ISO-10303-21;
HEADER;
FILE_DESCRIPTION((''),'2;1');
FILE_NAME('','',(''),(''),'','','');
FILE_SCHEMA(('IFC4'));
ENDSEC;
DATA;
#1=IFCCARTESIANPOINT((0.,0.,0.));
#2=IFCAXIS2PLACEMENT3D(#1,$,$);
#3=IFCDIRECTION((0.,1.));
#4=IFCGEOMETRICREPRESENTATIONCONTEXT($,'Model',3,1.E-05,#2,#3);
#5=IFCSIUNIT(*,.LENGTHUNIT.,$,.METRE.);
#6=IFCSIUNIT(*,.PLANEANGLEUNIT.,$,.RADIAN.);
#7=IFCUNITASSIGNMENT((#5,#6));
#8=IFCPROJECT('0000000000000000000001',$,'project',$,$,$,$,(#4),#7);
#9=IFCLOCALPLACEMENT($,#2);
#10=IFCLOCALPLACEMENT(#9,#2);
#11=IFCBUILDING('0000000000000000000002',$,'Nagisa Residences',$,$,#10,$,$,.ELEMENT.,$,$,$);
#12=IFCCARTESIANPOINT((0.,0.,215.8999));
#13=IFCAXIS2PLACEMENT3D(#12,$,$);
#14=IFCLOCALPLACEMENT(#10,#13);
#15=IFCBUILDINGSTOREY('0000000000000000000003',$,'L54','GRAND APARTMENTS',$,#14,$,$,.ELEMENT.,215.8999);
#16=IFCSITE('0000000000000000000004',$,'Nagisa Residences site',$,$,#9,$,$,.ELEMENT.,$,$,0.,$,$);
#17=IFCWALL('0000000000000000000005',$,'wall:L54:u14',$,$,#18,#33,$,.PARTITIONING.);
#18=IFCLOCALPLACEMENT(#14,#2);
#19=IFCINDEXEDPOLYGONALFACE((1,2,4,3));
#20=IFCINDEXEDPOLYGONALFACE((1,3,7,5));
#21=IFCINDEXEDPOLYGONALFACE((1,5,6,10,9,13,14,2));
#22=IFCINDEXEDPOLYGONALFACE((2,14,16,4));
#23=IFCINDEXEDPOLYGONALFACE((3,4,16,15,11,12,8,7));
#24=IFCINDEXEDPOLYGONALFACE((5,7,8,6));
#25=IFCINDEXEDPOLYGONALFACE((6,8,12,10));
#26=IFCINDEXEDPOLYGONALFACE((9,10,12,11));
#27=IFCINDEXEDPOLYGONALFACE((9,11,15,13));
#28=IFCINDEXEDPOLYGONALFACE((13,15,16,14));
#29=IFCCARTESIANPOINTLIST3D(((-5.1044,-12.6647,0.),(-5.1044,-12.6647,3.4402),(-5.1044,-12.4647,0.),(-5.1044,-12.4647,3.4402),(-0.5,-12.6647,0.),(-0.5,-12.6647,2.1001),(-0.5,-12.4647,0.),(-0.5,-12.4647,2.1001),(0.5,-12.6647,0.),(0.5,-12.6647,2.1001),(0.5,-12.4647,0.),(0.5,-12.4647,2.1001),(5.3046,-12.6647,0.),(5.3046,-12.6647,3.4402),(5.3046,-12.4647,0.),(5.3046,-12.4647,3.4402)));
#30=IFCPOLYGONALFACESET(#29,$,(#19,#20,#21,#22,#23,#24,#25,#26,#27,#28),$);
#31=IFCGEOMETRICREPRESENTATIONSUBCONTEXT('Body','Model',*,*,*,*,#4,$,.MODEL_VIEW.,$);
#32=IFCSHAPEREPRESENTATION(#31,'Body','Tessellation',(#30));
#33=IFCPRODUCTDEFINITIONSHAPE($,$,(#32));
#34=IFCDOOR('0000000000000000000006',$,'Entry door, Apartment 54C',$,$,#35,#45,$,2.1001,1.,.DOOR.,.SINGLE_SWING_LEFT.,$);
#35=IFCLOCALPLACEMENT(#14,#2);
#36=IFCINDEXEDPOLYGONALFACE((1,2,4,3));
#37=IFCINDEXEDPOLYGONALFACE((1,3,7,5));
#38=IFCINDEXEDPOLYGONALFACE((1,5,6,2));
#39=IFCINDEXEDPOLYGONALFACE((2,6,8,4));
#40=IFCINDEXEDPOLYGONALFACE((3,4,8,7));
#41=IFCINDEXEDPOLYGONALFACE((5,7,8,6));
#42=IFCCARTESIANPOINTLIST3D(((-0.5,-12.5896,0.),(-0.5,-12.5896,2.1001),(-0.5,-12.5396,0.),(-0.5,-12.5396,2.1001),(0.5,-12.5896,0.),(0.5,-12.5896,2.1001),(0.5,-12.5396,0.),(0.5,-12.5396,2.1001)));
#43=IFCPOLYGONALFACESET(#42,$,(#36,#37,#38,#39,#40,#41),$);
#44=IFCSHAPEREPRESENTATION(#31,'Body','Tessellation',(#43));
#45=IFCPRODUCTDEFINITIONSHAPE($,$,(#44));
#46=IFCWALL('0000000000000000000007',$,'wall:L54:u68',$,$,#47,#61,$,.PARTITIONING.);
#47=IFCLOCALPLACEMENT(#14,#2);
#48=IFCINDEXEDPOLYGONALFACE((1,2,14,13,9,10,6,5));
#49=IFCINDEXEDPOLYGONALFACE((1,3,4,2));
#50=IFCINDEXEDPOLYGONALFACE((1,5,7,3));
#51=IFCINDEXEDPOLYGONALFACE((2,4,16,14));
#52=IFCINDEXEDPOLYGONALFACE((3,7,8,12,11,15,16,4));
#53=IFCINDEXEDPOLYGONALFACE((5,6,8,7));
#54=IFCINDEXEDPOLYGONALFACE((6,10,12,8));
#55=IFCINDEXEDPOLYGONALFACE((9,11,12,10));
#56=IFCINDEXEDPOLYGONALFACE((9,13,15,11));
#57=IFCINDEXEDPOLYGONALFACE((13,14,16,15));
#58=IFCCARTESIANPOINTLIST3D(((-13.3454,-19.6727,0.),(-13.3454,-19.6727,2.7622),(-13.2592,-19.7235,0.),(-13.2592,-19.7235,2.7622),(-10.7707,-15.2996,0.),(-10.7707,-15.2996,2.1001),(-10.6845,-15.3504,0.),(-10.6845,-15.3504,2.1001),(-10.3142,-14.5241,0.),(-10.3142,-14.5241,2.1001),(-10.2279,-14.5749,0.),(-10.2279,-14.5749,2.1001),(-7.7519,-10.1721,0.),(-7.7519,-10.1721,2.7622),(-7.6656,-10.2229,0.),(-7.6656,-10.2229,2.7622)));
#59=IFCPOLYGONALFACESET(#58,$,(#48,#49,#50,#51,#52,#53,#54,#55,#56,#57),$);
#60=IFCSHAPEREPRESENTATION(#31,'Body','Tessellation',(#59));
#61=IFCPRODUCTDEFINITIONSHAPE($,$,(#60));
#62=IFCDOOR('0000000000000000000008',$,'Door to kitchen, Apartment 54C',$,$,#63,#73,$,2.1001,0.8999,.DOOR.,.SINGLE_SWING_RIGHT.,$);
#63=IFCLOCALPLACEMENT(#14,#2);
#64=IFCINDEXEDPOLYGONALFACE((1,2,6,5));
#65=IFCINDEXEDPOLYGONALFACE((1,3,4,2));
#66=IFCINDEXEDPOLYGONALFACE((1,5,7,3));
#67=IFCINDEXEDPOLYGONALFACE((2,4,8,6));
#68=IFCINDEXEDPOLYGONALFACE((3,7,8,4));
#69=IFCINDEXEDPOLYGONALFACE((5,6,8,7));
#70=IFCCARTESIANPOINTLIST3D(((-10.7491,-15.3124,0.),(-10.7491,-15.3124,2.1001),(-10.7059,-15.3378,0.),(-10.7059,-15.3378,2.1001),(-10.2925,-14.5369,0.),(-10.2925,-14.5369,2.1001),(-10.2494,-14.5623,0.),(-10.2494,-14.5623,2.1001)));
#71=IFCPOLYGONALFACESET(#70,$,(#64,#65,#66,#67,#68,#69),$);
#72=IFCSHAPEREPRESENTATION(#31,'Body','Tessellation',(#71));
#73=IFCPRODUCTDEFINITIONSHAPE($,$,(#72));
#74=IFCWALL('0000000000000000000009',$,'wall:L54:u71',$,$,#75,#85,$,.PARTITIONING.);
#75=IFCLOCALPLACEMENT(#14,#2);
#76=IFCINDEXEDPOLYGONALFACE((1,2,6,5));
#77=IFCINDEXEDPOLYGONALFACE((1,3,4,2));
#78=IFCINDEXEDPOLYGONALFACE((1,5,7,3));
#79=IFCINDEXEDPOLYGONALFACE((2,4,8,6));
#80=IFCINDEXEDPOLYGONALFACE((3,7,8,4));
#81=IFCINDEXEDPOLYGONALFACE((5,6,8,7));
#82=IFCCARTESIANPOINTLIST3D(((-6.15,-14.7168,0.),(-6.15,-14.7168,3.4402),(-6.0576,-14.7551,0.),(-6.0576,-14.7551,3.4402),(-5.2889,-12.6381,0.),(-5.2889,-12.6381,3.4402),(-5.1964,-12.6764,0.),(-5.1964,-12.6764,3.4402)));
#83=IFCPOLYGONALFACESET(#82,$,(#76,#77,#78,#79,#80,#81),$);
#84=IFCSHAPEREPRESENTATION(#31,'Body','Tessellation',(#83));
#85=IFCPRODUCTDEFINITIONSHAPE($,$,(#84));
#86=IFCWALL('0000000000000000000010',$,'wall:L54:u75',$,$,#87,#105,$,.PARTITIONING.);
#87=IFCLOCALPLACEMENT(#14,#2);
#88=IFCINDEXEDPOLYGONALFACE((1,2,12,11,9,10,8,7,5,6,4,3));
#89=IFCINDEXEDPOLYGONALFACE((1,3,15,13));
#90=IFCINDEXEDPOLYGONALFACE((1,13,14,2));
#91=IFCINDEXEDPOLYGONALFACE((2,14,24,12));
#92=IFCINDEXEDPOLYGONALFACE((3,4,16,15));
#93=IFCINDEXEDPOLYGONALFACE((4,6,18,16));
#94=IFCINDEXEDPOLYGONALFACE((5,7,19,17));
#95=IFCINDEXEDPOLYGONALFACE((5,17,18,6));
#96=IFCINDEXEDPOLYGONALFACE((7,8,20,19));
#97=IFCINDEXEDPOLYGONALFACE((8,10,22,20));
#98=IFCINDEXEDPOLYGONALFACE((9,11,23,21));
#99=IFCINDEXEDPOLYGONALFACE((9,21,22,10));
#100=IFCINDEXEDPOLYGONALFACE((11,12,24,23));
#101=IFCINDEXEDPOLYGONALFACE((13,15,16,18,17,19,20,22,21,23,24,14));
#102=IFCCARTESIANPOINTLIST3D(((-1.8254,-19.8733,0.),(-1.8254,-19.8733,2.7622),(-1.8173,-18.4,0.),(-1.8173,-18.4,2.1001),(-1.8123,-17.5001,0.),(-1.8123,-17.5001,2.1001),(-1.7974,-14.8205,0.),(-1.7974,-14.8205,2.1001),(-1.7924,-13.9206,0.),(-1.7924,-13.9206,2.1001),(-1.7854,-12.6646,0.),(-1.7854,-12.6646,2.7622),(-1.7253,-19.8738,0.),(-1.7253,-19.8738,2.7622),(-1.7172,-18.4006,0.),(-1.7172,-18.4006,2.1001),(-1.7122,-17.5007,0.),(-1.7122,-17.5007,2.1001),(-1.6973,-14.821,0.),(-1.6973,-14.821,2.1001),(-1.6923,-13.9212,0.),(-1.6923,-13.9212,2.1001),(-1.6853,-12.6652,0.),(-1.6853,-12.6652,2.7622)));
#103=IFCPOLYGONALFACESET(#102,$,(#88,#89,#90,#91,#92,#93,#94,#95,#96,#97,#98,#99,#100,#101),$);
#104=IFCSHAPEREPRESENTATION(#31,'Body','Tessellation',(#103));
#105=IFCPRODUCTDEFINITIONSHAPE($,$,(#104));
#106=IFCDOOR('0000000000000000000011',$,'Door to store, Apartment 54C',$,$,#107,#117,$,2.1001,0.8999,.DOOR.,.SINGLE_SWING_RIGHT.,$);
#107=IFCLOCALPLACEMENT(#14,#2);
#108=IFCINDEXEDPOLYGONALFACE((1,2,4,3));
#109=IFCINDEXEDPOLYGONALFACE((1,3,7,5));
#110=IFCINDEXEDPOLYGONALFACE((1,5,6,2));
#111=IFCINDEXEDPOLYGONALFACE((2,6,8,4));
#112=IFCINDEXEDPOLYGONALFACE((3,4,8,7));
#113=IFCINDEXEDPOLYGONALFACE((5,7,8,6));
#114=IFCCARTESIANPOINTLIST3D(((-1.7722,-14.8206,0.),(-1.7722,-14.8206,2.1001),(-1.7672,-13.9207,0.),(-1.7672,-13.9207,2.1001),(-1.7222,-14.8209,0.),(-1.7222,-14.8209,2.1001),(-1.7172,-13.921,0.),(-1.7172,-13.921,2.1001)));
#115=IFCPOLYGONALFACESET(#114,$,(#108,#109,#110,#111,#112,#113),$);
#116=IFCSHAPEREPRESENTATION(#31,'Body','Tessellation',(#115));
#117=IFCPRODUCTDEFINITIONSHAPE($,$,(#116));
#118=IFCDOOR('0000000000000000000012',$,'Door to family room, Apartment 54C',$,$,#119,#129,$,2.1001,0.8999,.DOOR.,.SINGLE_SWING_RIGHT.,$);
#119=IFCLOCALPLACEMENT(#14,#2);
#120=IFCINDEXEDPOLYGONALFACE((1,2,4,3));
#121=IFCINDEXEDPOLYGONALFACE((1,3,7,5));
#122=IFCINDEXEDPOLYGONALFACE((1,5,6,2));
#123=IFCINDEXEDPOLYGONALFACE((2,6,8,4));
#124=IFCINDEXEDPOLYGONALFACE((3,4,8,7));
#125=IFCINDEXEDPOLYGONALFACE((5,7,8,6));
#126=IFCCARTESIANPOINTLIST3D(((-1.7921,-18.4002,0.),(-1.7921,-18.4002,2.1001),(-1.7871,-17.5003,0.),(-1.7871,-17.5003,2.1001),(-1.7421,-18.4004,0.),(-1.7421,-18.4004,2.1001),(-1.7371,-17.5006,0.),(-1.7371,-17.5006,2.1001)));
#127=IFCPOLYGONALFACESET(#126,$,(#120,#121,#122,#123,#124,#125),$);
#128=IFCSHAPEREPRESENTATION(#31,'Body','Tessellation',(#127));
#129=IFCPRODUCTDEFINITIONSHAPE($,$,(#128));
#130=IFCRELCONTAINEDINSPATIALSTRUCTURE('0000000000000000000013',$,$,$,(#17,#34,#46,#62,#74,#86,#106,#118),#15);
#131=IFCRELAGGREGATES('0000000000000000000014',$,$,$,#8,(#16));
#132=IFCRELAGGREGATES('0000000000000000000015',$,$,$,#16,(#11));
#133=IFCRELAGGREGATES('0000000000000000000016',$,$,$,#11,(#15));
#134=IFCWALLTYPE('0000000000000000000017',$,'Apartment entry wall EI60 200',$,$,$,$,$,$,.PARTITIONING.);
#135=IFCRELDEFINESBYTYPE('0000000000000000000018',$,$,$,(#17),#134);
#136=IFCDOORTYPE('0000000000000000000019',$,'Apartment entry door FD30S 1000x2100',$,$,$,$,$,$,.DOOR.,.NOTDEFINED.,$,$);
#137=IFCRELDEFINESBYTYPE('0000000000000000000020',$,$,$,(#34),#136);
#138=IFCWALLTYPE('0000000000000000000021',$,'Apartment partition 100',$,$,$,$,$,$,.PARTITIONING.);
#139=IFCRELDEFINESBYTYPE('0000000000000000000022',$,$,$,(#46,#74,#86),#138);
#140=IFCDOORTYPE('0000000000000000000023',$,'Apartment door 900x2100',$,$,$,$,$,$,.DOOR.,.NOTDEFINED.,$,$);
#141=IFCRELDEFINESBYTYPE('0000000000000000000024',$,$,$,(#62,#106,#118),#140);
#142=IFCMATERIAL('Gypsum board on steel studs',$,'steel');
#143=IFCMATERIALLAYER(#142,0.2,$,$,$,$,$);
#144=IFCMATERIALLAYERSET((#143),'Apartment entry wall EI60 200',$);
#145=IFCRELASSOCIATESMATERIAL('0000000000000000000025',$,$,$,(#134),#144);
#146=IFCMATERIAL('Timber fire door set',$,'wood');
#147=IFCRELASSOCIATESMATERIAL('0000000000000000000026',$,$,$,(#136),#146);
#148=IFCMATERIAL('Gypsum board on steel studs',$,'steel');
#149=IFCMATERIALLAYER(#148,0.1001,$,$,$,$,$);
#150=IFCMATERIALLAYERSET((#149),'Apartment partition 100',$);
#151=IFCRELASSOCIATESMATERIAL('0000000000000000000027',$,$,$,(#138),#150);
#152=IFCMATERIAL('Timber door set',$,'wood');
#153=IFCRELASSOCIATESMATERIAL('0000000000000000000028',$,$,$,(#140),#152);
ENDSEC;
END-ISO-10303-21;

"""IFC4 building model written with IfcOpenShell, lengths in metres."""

from ifc_helpers import new_model, si_unit, direction, frame, frame_2d, origin, place, context, subcontext, project, spatial, rectangle, extrude, material, layer, layer_set, type_object, element, fill, save


model = new_model("IFC4")

# Units and contexts
model_context = context("Model", 3, precision=1e-05, world=origin(), true_north=direction((0.0, 1.0)))
body_context = subcontext(model_context, "Body", "Model", "MODEL_VIEW")
ifc_project = project(units=[si_unit("LENGTHUNIT", "METRE"), si_unit("PLANEANGLEUNIT", "RADIAN")], contexts=[model_context])

# Site, building, storey
site_placement = place(None, origin())
site = spatial("IfcSite", under=ifc_project, at=site_placement, Name="Nagisa Residences site", CompositionType="ELEMENT", RefElevation=0.0)
building_placement = place(site_placement, origin())
building = spatial("IfcBuilding", under=site, at=building_placement, Name="Nagisa Residences", CompositionType="ELEMENT")
storey_placement = place(building_placement, frame((0.0, 0.0, 215.8999)))
storey = spatial("IfcBuildingStorey", under=building, at=storey_placement, Name="L54", Description="GRAND APARTMENTS", CompositionType="ELEMENT", Elevation=215.8999)

# Walls, openings, doors
ifc_material_1 = material(Name="Gypsum board on steel studs", Category="steel")
ifc_layer_1 = layer(ifc_material_1, 0.2)
ifc_layer_set_1 = layer_set([ifc_layer_1], Name="Apartment entry wall EI60 200")
wall_type_1 = type_object("IfcWallType", Name="Apartment entry wall EI60 200", PredefinedType="PARTITIONING", material=ifc_layer_set_1)
wall_1_placement = place(storey_placement, frame((-5.1045, -12.5647, 0.0), z_axis=(0.0, 0.0, 1.0), x_axis=(1.0, 0.0, 0.0)))
wall_1 = element("IfcWall", 1, at=wall_1_placement, inside=storey, type_object=wall_type_1, Name="wall:L54:u14", PredefinedType="PARTITIONING", context=body_context, shape_type="SweptSolid", body=[
    extrude(rectangle(XDim=10.4089, YDim=0.2, at=frame_2d((5.2046, 0.0))), origin(), (0.0, 0.0, 1.0), 3.4402),
])
opening_1_placement = place(wall_1_placement, frame((4.6045, 0.0, 0.0)))
opening_1 = element("IfcOpeningElement", 2, at=opening_1_placement, cuts=wall_1, PredefinedType="OPENING", context=body_context, shape_type="SweptSolid", body=[
    extrude(rectangle(XDim=1.0, YDim=2.1001, at=frame_2d((0.5, 1.05))), frame((0.0, 0.1099, 0.0), z_axis=(0.0, -1.0, 0.0), x_axis=(1.0, 0.0, 0.0)), (0.0, 0.0, 1.0), 0.22),
])
ifc_material_2 = material(Name="Timber fire door set", Category="wood")
door_type_1 = type_object("IfcDoorType", Name="Apartment entry door FD30S 1000x2100", OperationType="NOTDEFINED", PredefinedType="DOOR", material=ifc_material_2)
door_1_placement = place(opening_1_placement, frame((1.0, 0.0, 0.0), x_axis=(-1.0, 0.0, 0.0)))
door_1 = element("IfcDoor", 3, at=door_1_placement, inside=storey, type_object=door_type_1, Name="Entry door, Apartment 54C", OperationType="SINGLE_SWING_LEFT", OverallHeight=2.1001, OverallWidth=1.0, PredefinedType="DOOR", context=body_context, shape_type="SweptSolid", body=[
    extrude(rectangle(XDim=1.0, YDim=2.1001, at=frame_2d((0.5, 1.05))), frame((0.0, 0.0249, 0.0), z_axis=(0.0, -1.0, 0.0), x_axis=(1.0, 0.0, 0.0)), (0.0, 0.0, 1.0), 0.05),
])
fill(opening_1, door_1)
ifc_material_3 = material(Name="Gypsum board on steel studs", Category="steel")
ifc_layer_2 = layer(ifc_material_3, 0.1001)
ifc_layer_set_2 = layer_set([ifc_layer_2], Name="Apartment partition 100")
wall_type_2 = type_object("IfcWallType", Name="Apartment partition 100", PredefinedType="PARTITIONING", material=ifc_layer_set_2)
wall_2_placement = place(storey_placement, frame((-7.7087, -10.1975, 0.0), z_axis=(0.0, 0.0, 1.0), x_axis=(-0.507356, -0.861737, 0.0)))
wall_2 = element("IfcWall", 4, at=wall_2_placement, inside=storey, type_object=wall_type_2, Name="wall:L54:u68", PredefinedType="PARTITIONING", context=body_context, shape_type="SweptSolid", body=[
    extrude(rectangle(XDim=11.0249, YDim=0.1001, at=frame_2d((5.5125, 0.0))), origin(), (0.0, 0.0, 1.0), 2.7622),
])
opening_2_placement = place(wall_2_placement, frame((5.0503, 0.0, 0.0)))
opening_2 = element("IfcOpeningElement", 5, at=opening_2_placement, cuts=wall_2, PredefinedType="OPENING", context=body_context, shape_type="SweptSolid", body=[
    extrude(rectangle(XDim=0.8999, YDim=2.1001, at=frame_2d((0.45, 1.05))), frame((0.0, 0.0601, 0.0), z_axis=(0.0, -1.0, 0.0), x_axis=(1.0, 0.0, 0.0)), (0.0, 0.0, 1.0), 0.1201),
])
ifc_material_4 = material(Name="Timber door set", Category="wood")
door_type_2 = type_object("IfcDoorType", Name="Apartment door 900x2100", OperationType="NOTDEFINED", PredefinedType="DOOR", material=ifc_material_4)
door_2_placement = place(opening_2_placement, frame((0.8999, 0.0, 0.0), x_axis=(-1.0, 0.0, 0.0)))
door_2 = element("IfcDoor", 6, at=door_2_placement, inside=storey, type_object=door_type_2, Name="Door to kitchen, Apartment 54C", OperationType="SINGLE_SWING_RIGHT", OverallHeight=2.1001, OverallWidth=0.8999, PredefinedType="DOOR", context=body_context, shape_type="SweptSolid", body=[
    extrude(rectangle(XDim=0.8999, YDim=2.1001, at=frame_2d((0.45, 1.05))), frame((0.0, 0.0249, 0.0), z_axis=(0.0, -1.0, 0.0), x_axis=(1.0, 0.0, 0.0)), (0.0, 0.0, 1.0), 0.05),
])
fill(opening_2, door_2)

# Wall
wall_3_placement = place(storey_placement, frame((-5.2427, -12.6572, 0.0), z_axis=(0.0, 0.0, 1.0), x_axis=(-0.382719, -0.923865, 0.0)))
element("IfcWall", 7, at=wall_3_placement, inside=storey, type_object=wall_type_2, Name="wall:L54:u71", PredefinedType="PARTITIONING", context=body_context, shape_type="SweptSolid", body=[
    extrude(rectangle(XDim=2.25, YDim=0.1001, at=frame_2d((1.125, 0.0))), origin(), (0.0, 0.0, 1.0), 3.4402),
])

# Wall, openings, doors
wall_4_placement = place(storey_placement, frame((-1.7354, -12.6648, 0.0), z_axis=(0.0, 0.0, 1.0), x_axis=(-0.005554, -0.999985, 0.0)))
wall_4 = element("IfcWall", 8, at=wall_4_placement, inside=storey, type_object=wall_type_2, Name="wall:L54:u75", PredefinedType="PARTITIONING", context=body_context, shape_type="SweptSolid", body=[
    extrude(rectangle(XDim=7.2087, YDim=0.1001, at=frame_2d((3.6045, 0.0))), origin(), (0.0, 0.0, 1.0), 2.7622),
])
opening_3_placement = place(wall_4_placement, frame((1.2561, 0.0, 0.0)))
opening_3 = element("IfcOpeningElement", 9, at=opening_3_placement, cuts=wall_4, PredefinedType="OPENING", context=body_context, shape_type="SweptSolid", body=[
    extrude(rectangle(XDim=0.8999, YDim=2.1001, at=frame_2d((0.45, 1.05))), frame((0.0, 0.0601, 0.0), z_axis=(0.0, -1.0, 0.0), x_axis=(1.0, 0.0, 0.0)), (0.0, 0.0, 1.0), 0.1201),
])
opening_4_placement = place(wall_4_placement, frame((4.8357, 0.0, 0.0)))
opening_4 = element("IfcOpeningElement", 10, at=opening_4_placement, cuts=wall_4, PredefinedType="OPENING", context=body_context, shape_type="SweptSolid", body=[
    extrude(rectangle(XDim=0.8999, YDim=2.1001, at=frame_2d((0.45, 1.05))), frame((0.0, 0.0601, 0.0), z_axis=(0.0, -1.0, 0.0), x_axis=(1.0, 0.0, 0.0)), (0.0, 0.0, 1.0), 0.1201),
])
door_3_placement = place(opening_3_placement, frame((0.8999, 0.0, 0.0), x_axis=(-1.0, 0.0, 0.0)))
door_3 = element("IfcDoor", 11, at=door_3_placement, inside=storey, type_object=door_type_2, Name="Door to store, Apartment 54C", OperationType="SINGLE_SWING_RIGHT", OverallHeight=2.1001, OverallWidth=0.8999, PredefinedType="DOOR", context=body_context, shape_type="SweptSolid", body=[
    extrude(rectangle(XDim=0.8999, YDim=2.1001, at=frame_2d((0.45, 1.05))), frame((0.0, 0.0249, 0.0), z_axis=(0.0, -1.0, 0.0), x_axis=(1.0, 0.0, 0.0)), (0.0, 0.0, 1.0), 0.05),
])
fill(opening_3, door_3)
door_4_placement = place(opening_4_placement, frame((0.8999, 0.0, 0.0), x_axis=(-1.0, 0.0, 0.0)))
door_4 = element("IfcDoor", 12, at=door_4_placement, inside=storey, type_object=door_type_2, Name="Door to family room, Apartment 54C", OperationType="SINGLE_SWING_RIGHT", OverallHeight=2.1001, OverallWidth=0.8999, PredefinedType="DOOR", context=body_context, shape_type="SweptSolid", body=[
    extrude(rectangle(XDim=0.8999, YDim=2.1001, at=frame_2d((0.45, 1.05))), frame((0.0, 0.0249, 0.0), z_axis=(0.0, -1.0, 0.0), x_axis=(1.0, 0.0, 0.0)), (0.0, 0.0, 1.0), 0.05),
])
fill(opening_4, door_4)

save(model, "model.ifc")
